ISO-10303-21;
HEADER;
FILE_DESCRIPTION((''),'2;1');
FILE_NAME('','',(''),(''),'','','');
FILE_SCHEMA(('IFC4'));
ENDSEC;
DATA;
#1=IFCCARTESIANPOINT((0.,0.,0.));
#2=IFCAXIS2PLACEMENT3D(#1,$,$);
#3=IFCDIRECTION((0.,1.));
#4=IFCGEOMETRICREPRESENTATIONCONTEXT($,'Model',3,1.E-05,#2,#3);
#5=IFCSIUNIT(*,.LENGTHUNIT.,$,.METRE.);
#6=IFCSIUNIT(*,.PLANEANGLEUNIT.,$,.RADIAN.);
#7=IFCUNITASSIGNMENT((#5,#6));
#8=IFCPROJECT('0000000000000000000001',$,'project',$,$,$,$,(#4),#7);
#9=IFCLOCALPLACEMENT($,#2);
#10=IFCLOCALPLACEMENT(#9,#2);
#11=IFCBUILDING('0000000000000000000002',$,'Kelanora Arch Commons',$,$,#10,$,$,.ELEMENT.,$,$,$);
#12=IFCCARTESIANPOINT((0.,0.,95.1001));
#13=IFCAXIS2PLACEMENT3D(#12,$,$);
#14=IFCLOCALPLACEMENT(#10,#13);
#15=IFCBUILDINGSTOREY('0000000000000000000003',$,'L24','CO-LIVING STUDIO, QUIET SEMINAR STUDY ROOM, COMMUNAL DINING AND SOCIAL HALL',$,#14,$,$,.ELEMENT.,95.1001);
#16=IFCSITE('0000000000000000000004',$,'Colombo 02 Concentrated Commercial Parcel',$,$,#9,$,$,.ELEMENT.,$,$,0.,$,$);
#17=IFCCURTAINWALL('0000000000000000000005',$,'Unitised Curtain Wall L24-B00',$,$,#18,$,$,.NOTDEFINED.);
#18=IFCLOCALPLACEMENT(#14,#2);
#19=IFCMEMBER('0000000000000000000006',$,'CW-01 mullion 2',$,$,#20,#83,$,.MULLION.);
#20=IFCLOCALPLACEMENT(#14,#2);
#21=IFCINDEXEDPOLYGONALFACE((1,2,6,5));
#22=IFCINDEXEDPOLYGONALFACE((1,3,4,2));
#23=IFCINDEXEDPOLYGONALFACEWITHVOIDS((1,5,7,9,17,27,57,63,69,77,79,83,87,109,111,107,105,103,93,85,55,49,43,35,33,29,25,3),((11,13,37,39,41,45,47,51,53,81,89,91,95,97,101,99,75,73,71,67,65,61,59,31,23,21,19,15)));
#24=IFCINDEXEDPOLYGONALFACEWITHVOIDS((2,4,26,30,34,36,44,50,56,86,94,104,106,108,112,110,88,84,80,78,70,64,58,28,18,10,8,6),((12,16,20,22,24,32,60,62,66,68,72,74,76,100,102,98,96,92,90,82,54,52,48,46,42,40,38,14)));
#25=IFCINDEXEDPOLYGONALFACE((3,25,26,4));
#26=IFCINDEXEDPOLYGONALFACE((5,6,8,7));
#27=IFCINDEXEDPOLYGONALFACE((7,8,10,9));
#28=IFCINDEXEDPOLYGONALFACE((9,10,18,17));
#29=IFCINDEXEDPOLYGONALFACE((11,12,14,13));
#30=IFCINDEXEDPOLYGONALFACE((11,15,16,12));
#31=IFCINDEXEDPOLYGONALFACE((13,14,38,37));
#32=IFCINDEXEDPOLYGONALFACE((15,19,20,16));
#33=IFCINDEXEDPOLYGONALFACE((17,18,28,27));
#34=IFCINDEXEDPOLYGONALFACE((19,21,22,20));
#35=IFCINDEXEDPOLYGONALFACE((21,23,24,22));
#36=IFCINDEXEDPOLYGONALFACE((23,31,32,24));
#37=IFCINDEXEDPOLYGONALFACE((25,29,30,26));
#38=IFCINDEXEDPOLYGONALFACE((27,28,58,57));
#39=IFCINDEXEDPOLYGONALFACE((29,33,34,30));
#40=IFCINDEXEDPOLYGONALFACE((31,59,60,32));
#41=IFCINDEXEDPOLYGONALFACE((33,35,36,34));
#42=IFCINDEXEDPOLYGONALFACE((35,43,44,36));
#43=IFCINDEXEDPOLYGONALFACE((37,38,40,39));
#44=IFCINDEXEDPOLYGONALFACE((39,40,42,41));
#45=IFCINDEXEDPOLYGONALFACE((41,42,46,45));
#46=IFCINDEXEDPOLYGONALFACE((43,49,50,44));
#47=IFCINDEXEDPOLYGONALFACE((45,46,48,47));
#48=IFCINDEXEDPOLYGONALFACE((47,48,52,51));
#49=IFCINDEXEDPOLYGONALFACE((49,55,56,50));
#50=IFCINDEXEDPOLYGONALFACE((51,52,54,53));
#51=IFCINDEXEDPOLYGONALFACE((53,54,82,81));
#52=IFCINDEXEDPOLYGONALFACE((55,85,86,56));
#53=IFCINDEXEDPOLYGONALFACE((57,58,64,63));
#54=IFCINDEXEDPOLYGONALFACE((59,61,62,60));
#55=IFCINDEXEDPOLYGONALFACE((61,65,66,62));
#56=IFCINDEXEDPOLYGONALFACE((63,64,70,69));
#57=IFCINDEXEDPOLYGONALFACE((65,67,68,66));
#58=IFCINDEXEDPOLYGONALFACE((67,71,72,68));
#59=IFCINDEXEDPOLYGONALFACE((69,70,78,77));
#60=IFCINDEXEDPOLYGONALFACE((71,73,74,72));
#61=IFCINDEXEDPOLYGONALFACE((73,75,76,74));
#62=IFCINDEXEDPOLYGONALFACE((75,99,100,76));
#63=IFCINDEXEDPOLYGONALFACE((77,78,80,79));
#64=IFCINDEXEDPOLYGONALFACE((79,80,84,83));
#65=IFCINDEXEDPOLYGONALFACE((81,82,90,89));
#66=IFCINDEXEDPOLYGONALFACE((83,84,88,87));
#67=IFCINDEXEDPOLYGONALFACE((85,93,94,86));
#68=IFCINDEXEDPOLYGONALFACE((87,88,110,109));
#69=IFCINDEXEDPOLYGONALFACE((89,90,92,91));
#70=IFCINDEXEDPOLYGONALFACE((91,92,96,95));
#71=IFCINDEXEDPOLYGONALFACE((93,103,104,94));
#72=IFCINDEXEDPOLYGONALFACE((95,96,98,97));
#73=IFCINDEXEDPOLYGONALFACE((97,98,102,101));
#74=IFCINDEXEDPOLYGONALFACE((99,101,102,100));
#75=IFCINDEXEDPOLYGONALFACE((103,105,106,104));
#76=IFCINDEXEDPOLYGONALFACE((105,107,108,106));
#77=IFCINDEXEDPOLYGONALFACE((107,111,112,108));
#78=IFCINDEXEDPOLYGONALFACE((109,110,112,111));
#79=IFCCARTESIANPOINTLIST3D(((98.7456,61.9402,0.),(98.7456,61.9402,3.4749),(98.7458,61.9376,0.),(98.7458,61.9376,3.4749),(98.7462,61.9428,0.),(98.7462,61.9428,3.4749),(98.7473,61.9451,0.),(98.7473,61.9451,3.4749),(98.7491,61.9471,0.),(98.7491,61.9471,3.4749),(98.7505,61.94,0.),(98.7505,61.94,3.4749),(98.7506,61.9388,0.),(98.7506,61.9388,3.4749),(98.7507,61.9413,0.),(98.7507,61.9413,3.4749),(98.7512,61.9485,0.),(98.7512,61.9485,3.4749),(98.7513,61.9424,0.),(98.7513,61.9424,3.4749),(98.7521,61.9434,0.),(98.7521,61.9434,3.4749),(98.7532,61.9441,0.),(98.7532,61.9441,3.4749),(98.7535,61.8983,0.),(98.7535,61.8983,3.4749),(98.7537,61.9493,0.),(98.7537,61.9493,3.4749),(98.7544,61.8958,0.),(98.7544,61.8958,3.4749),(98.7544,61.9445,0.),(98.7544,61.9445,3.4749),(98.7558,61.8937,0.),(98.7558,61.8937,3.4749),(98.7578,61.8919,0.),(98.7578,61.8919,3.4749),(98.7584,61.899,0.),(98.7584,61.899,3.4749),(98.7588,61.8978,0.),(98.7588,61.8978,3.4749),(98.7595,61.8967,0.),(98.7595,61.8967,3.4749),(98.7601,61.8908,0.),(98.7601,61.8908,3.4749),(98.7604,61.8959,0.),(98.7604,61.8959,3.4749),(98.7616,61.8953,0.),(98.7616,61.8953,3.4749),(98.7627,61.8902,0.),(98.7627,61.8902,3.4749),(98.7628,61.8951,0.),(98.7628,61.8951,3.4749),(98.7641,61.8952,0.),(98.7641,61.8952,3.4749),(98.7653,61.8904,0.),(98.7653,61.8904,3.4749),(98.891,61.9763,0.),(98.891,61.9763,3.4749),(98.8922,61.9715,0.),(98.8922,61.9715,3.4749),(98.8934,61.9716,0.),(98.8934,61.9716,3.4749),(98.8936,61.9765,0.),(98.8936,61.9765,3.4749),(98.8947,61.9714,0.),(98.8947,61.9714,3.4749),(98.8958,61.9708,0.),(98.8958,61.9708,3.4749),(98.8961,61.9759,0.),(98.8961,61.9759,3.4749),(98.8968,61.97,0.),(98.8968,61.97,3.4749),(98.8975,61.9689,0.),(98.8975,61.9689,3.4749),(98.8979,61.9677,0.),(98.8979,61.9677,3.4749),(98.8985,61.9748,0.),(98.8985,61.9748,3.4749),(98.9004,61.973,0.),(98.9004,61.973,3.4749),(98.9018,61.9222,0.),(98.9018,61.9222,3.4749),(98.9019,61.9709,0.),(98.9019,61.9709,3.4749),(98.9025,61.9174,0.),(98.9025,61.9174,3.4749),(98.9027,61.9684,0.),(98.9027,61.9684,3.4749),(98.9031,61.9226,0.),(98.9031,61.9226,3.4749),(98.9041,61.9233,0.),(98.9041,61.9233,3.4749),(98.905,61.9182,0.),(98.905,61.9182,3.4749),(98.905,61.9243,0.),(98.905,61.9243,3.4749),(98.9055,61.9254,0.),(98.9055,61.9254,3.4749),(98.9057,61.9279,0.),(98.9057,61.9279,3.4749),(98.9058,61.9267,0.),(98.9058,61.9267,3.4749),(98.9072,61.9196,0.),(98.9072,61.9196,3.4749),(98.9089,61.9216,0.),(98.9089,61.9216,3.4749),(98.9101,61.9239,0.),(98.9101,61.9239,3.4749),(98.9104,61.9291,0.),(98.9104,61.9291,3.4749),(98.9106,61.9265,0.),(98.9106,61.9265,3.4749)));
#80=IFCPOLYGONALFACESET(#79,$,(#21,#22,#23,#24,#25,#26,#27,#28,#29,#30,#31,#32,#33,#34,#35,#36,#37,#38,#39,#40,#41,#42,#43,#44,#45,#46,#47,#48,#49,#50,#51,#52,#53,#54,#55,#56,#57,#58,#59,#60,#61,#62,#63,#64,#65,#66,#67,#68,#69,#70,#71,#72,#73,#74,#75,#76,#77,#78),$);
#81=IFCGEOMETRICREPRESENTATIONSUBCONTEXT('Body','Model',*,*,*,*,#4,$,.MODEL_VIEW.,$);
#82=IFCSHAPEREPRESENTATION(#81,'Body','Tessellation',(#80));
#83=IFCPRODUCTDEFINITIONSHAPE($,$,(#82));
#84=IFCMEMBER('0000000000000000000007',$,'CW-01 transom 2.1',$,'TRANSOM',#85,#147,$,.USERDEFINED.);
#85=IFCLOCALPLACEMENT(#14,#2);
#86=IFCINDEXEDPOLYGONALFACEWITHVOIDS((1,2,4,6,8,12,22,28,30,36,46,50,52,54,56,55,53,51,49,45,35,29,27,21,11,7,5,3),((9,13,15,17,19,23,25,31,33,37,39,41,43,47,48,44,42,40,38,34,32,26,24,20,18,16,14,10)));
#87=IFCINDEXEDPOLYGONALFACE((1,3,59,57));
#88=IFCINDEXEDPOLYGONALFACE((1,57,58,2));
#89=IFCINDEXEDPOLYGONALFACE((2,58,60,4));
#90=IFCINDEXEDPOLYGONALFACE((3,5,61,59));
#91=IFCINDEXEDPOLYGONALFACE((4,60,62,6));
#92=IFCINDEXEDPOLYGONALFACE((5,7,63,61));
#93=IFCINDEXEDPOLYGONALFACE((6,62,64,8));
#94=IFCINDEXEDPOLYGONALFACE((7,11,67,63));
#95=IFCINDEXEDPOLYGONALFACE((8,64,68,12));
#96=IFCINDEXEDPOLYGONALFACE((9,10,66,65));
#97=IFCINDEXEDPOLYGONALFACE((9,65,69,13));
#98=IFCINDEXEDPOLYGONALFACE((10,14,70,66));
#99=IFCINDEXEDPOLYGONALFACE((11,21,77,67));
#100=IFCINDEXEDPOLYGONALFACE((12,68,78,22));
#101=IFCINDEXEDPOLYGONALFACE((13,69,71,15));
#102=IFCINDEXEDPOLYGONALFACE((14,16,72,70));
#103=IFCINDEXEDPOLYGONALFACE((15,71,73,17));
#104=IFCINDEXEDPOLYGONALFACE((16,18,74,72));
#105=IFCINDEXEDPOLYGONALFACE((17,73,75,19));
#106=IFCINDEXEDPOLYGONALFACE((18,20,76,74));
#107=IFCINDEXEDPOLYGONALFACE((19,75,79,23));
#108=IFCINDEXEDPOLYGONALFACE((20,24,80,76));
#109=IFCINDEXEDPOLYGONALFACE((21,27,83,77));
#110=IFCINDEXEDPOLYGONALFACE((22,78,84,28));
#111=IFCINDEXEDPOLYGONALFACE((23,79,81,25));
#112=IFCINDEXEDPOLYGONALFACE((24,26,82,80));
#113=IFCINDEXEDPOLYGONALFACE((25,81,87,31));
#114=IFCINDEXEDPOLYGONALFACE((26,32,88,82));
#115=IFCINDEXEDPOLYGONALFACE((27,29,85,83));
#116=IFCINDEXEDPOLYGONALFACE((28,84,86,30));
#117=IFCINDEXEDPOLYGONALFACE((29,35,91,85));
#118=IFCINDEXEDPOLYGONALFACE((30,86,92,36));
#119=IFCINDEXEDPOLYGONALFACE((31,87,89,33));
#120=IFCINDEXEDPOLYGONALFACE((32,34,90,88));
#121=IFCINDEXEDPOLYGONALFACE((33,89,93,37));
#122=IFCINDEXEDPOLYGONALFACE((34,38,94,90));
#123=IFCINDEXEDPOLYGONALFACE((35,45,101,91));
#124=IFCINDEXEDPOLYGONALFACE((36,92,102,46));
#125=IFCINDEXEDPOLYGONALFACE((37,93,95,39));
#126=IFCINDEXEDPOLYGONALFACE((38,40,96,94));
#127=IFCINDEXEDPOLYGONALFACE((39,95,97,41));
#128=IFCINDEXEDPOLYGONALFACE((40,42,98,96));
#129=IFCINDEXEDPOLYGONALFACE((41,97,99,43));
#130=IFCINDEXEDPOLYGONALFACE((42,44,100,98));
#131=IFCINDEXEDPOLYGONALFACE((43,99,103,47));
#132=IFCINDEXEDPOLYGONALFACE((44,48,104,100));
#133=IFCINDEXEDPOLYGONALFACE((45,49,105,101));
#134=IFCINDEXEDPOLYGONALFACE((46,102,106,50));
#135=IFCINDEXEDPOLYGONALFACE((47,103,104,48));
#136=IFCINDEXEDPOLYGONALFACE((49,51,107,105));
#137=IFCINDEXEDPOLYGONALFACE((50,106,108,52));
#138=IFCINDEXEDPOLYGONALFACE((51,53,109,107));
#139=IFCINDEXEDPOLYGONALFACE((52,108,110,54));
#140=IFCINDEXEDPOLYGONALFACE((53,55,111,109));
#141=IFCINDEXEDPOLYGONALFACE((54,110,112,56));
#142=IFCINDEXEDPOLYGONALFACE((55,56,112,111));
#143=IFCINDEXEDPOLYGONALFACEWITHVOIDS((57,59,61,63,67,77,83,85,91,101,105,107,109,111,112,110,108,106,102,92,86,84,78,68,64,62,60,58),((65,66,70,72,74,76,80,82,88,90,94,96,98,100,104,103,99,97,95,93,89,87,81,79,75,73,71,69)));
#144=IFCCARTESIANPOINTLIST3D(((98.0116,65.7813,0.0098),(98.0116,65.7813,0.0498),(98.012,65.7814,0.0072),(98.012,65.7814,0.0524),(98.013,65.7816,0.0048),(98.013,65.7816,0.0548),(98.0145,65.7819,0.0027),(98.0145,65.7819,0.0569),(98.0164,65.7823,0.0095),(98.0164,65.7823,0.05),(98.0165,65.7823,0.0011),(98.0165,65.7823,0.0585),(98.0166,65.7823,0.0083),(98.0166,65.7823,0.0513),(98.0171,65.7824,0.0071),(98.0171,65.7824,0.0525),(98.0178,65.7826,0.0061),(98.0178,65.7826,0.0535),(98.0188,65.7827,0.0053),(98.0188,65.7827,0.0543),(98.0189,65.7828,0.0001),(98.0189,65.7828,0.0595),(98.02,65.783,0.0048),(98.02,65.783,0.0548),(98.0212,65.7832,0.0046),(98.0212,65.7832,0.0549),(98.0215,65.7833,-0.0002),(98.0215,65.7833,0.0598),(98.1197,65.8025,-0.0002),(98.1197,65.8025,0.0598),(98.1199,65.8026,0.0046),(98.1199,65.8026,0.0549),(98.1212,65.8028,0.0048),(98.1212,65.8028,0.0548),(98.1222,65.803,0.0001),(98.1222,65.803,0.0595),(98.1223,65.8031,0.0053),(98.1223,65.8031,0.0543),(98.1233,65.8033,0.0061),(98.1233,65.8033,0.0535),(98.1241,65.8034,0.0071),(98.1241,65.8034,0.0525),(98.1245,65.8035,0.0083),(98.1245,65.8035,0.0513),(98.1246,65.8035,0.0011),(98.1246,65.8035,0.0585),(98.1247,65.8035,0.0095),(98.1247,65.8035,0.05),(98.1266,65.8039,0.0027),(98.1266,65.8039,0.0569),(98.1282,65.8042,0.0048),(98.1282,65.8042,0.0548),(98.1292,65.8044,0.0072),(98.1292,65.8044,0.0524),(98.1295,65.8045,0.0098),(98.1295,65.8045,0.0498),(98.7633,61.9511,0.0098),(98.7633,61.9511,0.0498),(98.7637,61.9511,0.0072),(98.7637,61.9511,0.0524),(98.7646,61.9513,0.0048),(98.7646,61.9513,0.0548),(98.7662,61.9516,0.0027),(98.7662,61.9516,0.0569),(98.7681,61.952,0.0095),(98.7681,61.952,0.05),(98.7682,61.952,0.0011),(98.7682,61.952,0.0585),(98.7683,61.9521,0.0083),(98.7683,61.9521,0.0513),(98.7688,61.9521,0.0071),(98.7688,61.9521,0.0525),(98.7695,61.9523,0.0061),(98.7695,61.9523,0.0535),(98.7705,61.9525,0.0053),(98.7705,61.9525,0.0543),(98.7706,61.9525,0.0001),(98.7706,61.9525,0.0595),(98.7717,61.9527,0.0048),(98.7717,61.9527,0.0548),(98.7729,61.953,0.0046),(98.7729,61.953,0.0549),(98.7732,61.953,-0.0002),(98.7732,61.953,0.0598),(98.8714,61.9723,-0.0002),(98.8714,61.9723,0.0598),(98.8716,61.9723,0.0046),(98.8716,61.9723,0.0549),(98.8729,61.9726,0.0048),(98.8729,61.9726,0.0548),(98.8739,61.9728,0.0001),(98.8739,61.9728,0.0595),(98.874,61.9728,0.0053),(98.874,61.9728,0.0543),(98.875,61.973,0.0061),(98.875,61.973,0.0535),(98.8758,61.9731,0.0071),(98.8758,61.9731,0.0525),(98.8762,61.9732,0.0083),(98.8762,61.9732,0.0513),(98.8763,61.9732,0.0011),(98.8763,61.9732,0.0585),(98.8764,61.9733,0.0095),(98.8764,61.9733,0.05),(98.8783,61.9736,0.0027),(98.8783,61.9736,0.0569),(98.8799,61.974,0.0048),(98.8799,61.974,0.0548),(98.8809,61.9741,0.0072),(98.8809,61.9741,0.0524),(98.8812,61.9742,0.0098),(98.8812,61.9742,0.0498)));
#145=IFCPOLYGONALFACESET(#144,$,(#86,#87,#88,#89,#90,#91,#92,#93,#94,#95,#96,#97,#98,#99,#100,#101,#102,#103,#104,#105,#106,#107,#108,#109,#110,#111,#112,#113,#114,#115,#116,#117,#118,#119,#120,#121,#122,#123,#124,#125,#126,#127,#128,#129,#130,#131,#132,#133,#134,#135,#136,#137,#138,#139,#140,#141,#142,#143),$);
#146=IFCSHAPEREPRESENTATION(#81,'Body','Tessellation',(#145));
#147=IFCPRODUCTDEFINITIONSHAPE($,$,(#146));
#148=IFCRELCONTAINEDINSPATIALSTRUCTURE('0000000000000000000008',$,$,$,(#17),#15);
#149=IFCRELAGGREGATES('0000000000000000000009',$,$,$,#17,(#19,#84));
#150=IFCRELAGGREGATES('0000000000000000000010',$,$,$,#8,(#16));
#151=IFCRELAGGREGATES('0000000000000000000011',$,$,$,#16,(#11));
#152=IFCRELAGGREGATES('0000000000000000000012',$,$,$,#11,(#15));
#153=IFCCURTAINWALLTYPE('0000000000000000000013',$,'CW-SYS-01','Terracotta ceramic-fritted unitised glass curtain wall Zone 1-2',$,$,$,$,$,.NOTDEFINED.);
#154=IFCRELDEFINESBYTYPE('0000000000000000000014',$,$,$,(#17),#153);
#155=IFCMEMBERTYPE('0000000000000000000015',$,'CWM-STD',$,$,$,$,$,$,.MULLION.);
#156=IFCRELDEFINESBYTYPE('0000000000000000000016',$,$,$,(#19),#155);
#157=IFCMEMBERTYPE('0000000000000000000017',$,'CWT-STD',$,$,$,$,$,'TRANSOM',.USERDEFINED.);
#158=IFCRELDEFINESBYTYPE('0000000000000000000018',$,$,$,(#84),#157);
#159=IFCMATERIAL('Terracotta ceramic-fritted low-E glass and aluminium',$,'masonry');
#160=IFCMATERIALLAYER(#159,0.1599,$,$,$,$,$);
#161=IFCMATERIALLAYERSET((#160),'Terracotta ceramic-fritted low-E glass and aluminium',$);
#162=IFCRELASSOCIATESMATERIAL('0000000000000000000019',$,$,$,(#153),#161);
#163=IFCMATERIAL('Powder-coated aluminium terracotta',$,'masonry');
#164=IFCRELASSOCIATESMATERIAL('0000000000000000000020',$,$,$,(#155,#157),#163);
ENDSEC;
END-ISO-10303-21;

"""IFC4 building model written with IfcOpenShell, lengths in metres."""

from ifc_helpers import new_model, si_unit, direction, frame, origin, origin_2d, place, context, subcontext, project, spatial, hollow_rectangle, extrude, material, layer, layer_set, material_profile, profile_set, type_object, element, aggregate, save


model = new_model("IFC4")

# Units and contexts
model_context = context("Model", 3, precision=1e-05, world=origin(), true_north=direction((0.0, 1.0)))
body_context = subcontext(model_context, "Body", "Model", "MODEL_VIEW")
ifc_project = project(units=[si_unit("LENGTHUNIT", "METRE"), si_unit("PLANEANGLEUNIT", "RADIAN")], contexts=[model_context])

# Site, building, storey
site_placement = place(None, origin())
site = spatial("IfcSite", under=ifc_project, at=site_placement, Name="Colombo 02 Concentrated Commercial Parcel", CompositionType="ELEMENT", RefElevation=0.0)
building_placement = place(site_placement, origin())
building = spatial("IfcBuilding", under=site, at=building_placement, Name="Kelanora Arch Commons", CompositionType="ELEMENT")
storey_placement = place(building_placement, frame((0.0, 0.0, 95.1001)))
storey = spatial("IfcBuildingStorey", under=building, at=storey_placement, Name="L24", Description="CO-LIVING STUDIO, QUIET SEMINAR STUDY ROOM, COMMUNAL DINING AND SOCIAL HALL", CompositionType="ELEMENT", Elevation=95.1001)

# Curtain wall, members
ifc_material_1 = material(Name="Terracotta ceramic-fritted low-E glass and aluminium", Category="masonry")
ifc_layer_1 = layer(ifc_material_1, 0.1599)
ifc_layer_set_1 = layer_set([ifc_layer_1], Name="Terracotta ceramic-fritted low-E glass and aluminium")
curtain_wall_type = type_object("IfcCurtainWallType", Name="CW-SYS-01", Description="Terracotta ceramic-fritted unitised glass curtain wall Zone 1-2", PredefinedType="NOTDEFINED", material=ifc_layer_set_1)
curtain_wall_placement = place(storey_placement, origin())
curtain_wall = element("IfcCurtainWall", 1, at=curtain_wall_placement, inside=storey, type_object=curtain_wall_type, Name="Unitised Curtain Wall L24-B00", PredefinedType="NOTDEFINED")
ifc_material_2 = material(Name="Powder-coated aluminium terracotta", Category="masonry")
ifc_material_profile_1 = material_profile(ifc_material_2, hollow_rectangle(XDim=0.1599, YDim=0.0601, WallThickness=0.0049, InnerFilletRadius=0.0049, OuterFilletRadius=0.01, at=origin_2d()), Name="CWM160x60")
ifc_profile_set_1 = profile_set([ifc_material_profile_1], Name="Powder-coated aluminium terracotta")
member_type_1 = type_object("IfcMemberType", Name="CWM-STD", PredefinedType="MULLION", material=ifc_profile_set_1)
member_1_placement = place(storey_placement, frame((98.8281, 61.9333, 0.0), z_axis=(0.0, 0.0, 1.0), x_axis=(-0.98128, -0.192585, 0.0)))
member_1 = element("IfcMember", 2, at=member_1_placement, type_object=member_type_1, Name="CW-01 mullion 2", PredefinedType="MULLION", context=body_context, shape_type="SweptSolid", body=[
    extrude(hollow_rectangle(XDim=0.1599, YDim=0.0601, WallThickness=0.0049, InnerFilletRadius=0.0049, OuterFilletRadius=0.01, at=origin_2d()), origin(), (0.0, 0.0, 1.0), 3.4749),
])
ifc_material_profile_2 = material_profile(ifc_material_2, hollow_rectangle(XDim=0.1201, YDim=0.0601, WallThickness=0.0049, InnerFilletRadius=0.0049, OuterFilletRadius=0.01, at=origin_2d()), Name="CWT120x60")
ifc_profile_set_2 = profile_set([ifc_material_profile_2], Name="Powder-coated aluminium terracotta")
member_type_2 = type_object("IfcMemberType", Name="CWT-STD", ElementType="TRANSOM", PredefinedType="USERDEFINED", material=ifc_profile_set_2)
member_2_placement = place(storey_placement, frame((98.8223, 61.9626, 0.0298), z_axis=(-0.192579, 0.981282, 0.0), x_axis=(-0.981282, -0.192579, 0.0)))
member_2 = element("IfcMember", 3, at=member_2_placement, type_object=member_type_2, Name="CW-01 transom 2.1", ObjectType="TRANSOM", PredefinedType="USERDEFINED", context=body_context, shape_type="SweptSolid", body=[
    extrude(hollow_rectangle(XDim=0.1201, YDim=0.0601, WallThickness=0.0049, InnerFilletRadius=0.0049, OuterFilletRadius=0.01, at=origin_2d()), origin(), (0.0, 0.0, 1.0), 3.9033),
])
aggregate(curtain_wall, [member_1, member_2])

save(model, "model.ifc")
